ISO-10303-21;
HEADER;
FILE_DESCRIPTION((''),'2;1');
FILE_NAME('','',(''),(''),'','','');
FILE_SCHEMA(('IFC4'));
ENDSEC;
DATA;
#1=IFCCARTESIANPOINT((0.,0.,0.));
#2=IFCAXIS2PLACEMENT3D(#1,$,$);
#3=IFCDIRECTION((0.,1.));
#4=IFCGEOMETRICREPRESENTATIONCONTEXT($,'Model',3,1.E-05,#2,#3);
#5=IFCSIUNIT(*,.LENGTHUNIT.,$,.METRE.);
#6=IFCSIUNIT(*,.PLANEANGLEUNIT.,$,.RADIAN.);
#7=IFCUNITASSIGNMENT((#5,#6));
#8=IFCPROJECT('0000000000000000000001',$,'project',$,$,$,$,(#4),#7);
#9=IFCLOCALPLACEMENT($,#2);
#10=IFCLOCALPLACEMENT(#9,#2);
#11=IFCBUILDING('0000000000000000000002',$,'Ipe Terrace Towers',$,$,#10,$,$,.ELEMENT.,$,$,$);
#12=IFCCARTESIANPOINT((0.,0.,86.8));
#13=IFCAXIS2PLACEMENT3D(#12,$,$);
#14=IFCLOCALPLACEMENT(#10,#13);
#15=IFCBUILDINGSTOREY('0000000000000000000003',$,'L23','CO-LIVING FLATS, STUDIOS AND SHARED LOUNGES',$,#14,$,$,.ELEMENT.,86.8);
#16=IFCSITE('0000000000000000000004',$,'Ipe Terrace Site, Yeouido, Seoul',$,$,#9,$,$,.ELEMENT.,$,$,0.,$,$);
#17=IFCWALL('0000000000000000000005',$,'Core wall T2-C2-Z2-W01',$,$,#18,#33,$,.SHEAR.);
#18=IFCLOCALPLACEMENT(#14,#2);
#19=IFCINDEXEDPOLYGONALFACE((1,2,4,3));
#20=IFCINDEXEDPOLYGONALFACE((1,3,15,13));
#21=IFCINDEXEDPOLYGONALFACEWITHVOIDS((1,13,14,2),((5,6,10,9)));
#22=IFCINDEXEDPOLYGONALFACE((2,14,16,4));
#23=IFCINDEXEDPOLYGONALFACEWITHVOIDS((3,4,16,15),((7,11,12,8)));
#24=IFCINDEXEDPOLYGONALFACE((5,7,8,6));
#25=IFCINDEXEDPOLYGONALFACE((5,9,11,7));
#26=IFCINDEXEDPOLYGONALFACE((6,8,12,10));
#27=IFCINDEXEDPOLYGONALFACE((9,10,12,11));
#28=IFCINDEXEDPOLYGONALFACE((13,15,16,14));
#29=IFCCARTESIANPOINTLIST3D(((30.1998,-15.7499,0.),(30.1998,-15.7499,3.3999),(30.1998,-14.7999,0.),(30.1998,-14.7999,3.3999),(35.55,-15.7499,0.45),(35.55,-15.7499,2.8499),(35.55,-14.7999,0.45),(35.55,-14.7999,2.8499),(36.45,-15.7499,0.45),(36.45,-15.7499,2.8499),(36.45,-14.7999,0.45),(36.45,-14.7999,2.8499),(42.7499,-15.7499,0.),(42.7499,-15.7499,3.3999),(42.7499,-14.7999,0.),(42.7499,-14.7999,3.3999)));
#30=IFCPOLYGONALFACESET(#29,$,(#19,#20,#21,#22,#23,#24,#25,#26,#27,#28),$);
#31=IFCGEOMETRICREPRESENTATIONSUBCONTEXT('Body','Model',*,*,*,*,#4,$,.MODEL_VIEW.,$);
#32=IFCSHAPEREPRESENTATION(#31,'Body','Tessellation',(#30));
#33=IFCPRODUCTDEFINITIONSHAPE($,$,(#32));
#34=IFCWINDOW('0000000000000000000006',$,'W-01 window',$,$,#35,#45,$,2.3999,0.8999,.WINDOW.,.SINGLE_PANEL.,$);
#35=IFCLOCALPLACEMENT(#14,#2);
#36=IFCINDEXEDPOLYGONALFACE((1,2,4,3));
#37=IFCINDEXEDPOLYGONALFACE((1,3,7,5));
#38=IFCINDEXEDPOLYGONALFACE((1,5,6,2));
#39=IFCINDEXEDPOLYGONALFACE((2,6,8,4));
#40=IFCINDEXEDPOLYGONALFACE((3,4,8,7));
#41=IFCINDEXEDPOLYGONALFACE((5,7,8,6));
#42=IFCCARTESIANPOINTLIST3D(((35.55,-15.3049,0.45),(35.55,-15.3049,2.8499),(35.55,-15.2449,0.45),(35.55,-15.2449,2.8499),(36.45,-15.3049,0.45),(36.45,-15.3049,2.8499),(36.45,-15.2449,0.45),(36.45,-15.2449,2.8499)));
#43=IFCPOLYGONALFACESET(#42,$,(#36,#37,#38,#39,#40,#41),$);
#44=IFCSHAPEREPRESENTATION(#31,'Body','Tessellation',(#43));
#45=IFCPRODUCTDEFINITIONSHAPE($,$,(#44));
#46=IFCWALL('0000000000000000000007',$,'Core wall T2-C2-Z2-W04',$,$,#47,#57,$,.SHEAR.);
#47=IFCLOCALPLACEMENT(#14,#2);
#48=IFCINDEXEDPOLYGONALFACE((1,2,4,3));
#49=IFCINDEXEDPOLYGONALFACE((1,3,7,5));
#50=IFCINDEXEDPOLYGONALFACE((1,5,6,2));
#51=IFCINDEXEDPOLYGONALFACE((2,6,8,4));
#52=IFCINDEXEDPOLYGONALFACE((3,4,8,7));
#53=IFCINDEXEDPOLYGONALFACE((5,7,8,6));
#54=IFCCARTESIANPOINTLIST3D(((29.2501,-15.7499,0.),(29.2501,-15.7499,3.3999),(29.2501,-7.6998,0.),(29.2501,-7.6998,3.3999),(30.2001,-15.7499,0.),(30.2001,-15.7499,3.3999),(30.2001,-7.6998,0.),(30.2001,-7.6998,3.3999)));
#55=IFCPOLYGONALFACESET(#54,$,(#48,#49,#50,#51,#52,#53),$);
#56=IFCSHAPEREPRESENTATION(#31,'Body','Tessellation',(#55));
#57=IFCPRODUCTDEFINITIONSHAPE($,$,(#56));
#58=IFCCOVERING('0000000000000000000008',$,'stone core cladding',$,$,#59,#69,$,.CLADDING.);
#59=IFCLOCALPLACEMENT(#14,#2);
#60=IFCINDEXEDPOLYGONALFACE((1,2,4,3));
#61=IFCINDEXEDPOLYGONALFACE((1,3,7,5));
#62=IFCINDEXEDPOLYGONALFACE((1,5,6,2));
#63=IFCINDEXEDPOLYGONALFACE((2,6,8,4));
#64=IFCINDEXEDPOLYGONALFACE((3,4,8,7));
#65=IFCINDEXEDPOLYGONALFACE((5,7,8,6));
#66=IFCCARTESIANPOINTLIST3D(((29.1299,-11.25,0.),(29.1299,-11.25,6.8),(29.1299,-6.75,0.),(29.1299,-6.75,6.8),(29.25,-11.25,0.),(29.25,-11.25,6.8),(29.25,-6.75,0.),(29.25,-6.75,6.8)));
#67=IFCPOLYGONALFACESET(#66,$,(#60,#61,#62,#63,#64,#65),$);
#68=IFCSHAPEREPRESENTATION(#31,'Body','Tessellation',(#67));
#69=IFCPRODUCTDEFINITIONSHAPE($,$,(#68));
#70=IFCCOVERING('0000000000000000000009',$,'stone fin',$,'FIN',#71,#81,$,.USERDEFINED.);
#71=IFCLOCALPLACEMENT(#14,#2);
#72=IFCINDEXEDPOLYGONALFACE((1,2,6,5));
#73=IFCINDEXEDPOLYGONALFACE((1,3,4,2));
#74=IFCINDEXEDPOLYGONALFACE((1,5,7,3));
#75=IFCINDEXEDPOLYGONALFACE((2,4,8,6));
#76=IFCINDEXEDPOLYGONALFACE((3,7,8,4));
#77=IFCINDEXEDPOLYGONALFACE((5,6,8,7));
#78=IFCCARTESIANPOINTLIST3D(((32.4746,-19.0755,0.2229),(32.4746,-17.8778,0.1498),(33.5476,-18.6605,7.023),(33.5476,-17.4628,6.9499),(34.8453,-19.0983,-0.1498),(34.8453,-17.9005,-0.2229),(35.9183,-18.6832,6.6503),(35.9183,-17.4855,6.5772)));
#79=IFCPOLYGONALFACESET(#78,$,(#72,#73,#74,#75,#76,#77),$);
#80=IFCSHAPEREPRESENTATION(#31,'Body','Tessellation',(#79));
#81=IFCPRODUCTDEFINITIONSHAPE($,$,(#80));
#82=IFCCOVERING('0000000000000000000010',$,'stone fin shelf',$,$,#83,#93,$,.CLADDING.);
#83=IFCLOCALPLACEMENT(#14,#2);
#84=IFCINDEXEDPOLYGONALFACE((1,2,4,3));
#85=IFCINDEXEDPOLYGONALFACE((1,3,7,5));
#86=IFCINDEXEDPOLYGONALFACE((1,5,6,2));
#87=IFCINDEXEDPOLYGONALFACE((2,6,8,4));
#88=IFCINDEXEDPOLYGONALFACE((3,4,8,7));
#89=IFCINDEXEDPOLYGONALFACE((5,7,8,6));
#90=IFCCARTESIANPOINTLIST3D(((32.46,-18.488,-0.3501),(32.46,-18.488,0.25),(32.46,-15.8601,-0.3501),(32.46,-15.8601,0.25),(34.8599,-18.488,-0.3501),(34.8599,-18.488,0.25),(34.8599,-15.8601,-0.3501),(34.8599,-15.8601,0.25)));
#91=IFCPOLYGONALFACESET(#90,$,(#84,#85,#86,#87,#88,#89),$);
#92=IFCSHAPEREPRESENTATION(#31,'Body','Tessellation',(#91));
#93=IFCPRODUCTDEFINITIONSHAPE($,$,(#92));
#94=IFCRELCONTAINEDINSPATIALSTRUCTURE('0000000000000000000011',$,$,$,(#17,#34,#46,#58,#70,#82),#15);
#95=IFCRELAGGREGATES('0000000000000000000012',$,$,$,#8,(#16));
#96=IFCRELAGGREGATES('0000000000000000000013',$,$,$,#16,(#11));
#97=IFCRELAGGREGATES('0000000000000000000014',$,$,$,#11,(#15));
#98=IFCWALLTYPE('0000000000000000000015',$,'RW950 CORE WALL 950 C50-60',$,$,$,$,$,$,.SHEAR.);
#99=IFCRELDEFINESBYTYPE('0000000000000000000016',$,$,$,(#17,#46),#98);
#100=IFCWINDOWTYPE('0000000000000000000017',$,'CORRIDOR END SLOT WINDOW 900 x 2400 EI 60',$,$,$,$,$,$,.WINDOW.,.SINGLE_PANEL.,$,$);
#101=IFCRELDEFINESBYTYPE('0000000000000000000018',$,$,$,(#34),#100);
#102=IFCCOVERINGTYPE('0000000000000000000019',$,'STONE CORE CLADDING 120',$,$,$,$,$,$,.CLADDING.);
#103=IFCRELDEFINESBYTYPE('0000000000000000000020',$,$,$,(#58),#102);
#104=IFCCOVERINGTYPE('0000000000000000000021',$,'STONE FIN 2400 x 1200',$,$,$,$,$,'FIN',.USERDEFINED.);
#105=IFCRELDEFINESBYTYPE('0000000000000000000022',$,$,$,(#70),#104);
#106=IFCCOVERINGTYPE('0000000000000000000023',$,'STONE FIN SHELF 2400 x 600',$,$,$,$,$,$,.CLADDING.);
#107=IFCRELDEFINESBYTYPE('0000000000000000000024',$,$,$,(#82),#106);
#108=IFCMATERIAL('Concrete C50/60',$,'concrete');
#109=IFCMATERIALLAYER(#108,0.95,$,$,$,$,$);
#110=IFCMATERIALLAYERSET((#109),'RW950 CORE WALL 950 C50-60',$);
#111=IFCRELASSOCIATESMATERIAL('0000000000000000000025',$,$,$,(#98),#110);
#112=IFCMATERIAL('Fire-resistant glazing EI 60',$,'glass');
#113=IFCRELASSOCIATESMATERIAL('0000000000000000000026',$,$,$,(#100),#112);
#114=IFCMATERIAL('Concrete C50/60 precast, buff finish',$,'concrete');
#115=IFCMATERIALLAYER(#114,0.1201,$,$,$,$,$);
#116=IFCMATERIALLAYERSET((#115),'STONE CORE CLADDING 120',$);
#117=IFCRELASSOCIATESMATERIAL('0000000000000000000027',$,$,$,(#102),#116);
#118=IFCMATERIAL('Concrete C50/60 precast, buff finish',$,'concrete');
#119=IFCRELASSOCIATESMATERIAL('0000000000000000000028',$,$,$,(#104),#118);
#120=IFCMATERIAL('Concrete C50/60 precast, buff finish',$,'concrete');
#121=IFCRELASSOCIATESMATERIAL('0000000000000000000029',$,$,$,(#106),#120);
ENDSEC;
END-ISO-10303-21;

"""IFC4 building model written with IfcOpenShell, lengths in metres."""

from ifc_helpers import new_model, si_unit, direction, frame, frame_2d, origin, origin_2d, place, context, subcontext, project, spatial, rectangle, extrude, material, layer, layer_set, material_profile, profile_set, type_object, element, fill, save


model = new_model("IFC4")

# Units and contexts
model_context = context("Model", 3, precision=1e-05, world=origin(), true_north=direction((0.0, 1.0)))
body_context = subcontext(model_context, "Body", "Model", "MODEL_VIEW")
ifc_project = project(units=[si_unit("LENGTHUNIT", "METRE"), si_unit("PLANEANGLEUNIT", "RADIAN")], contexts=[model_context])

# Site, building, storey
site_placement = place(None, origin())
site = spatial("IfcSite", under=ifc_project, at=site_placement, Name="Ipe Terrace Site, Yeouido, Seoul", CompositionType="ELEMENT", RefElevation=0.0)
building_placement = place(site_placement, origin())
building = spatial("IfcBuilding", under=site, at=building_placement, Name="Ipe Terrace Towers", CompositionType="ELEMENT")
storey_placement = place(building_placement, frame((0.0, 0.0, 86.8)))
storey = spatial("IfcBuildingStorey", under=building, at=storey_placement, Name="L23", Description="CO-LIVING FLATS, STUDIOS AND SHARED LOUNGES", CompositionType="ELEMENT", Elevation=86.8)

# Wall, opening, window
ifc_material_1 = material(Name="Concrete C50/60", Category="concrete")
ifc_layer_1 = layer(ifc_material_1, 0.95)
ifc_layer_set_1 = layer_set([ifc_layer_1], Name="RW950 CORE WALL 950 C50-60")
wall_type_1 = type_object("IfcWallType", Name="RW950 CORE WALL 950 C50-60", PredefinedType="SHEAR", material=ifc_layer_set_1)
wall_1_placement = place(storey_placement, frame((30.2, -15.2749, 0.0), z_axis=(0.0, 0.0, 1.0), x_axis=(1.0, 0.0, 0.0)))
wall_1 = element("IfcWall", 1, at=wall_1_placement, inside=storey, type_object=wall_type_1, Name="Core wall T2-C2-Z2-W01", PredefinedType="SHEAR", context=body_context, shape_type="SweptSolid", body=[
    extrude(rectangle(XDim=12.55, YDim=0.95, at=frame_2d((6.2749, 0.0))), origin(), (0.0, 0.0, 1.0), 3.3999),
])
opening_1_placement = place(wall_1_placement, frame((5.3501, 0.0, 0.45)))
opening_1 = element("IfcOpeningElement", 2, at=opening_1_placement, cuts=wall_1, PredefinedType="OPENING", context=body_context, shape_type="SweptSolid", body=[
    extrude(rectangle(XDim=0.8999, YDim=2.3999, at=frame_2d((0.45, 1.2))), frame((0.0, 0.4849, 0.0), z_axis=(0.0, -1.0, 0.0), x_axis=(1.0, 0.0, 0.0)), (0.0, 0.0, 1.0), 0.97),
])
ifc_material_2 = material(Name="Fire-resistant glazing EI 60", Category="glass")
window_type = type_object("IfcWindowType", Name="CORRIDOR END SLOT WINDOW 900 x 2400 EI 60", PartitioningType="SINGLE_PANEL", PredefinedType="WINDOW", material=ifc_material_2)
window_placement = place(opening_1_placement, origin())
window = element("IfcWindow", 3, at=window_placement, inside=storey, type_object=window_type, Name="W-01 window", OverallHeight=2.3999, OverallWidth=0.8999, PartitioningType="SINGLE_PANEL", PredefinedType="WINDOW", context=body_context, shape_type="SweptSolid", body=[
    extrude(rectangle(XDim=0.8999, YDim=2.3999, at=frame_2d((0.45, 1.2))), frame((0.0, 0.03, 0.0), z_axis=(0.0, -1.0, 0.0), x_axis=(1.0, 0.0, 0.0)), (0.0, 0.0, 1.0), 0.0601),
])
fill(opening_1, window)

# Wall
wall_2_placement = place(storey_placement, frame((29.7251, -7.7, 0.0), z_axis=(0.0, 0.0, 1.0), x_axis=(0.0, -1.0, 0.0)))
element("IfcWall", 4, at=wall_2_placement, inside=storey, type_object=wall_type_1, Name="Core wall T2-C2-Z2-W04", PredefinedType="SHEAR", context=body_context, shape_type="SweptSolid", body=[
    extrude(rectangle(XDim=8.05, YDim=0.95, at=frame_2d((4.0249, 0.0))), origin(), (0.0, 0.0, 1.0), 3.3999),
])

# Coverings
ifc_material_3 = material(Name="Concrete C50/60 precast, buff finish", Category="concrete")
ifc_layer_2 = layer(ifc_material_3, 0.1201)
ifc_layer_set_2 = layer_set([ifc_layer_2], Name="STONE CORE CLADDING 120")
covering_type_1 = type_object("IfcCoveringType", Name="STONE CORE CLADDING 120", PredefinedType="CLADDING", material=ifc_layer_set_2)
covering_1_placement = place(storey_placement, frame((29.1899, -9.0, 0.0), z_axis=(0.0, 0.0, 1.0), x_axis=(0.0, -1.0, 0.0)))
element("IfcCovering", 5, at=covering_1_placement, inside=storey, type_object=covering_type_1, Name="stone core cladding", PredefinedType="CLADDING", context=body_context, shape_type="SweptSolid", body=[
    extrude(rectangle(XDim=4.5, YDim=0.1201, at=origin_2d()), origin(), (0.0, 0.0, 1.0), 6.8),
])
ifc_material_4 = material(Name="Concrete C50/60 precast, buff finish", Category="concrete")
ifc_material_profile_1 = material_profile(ifc_material_4, rectangle(XDim=2.3999, YDim=1.2, at=origin_2d()), Name="STONE FIN 2400 x 1200")
ifc_profile_set_1 = profile_set([ifc_material_profile_1], Name="Concrete C50/60 precast, buff finish")
covering_type_2 = type_object("IfcCoveringType", Name="STONE FIN 2400 x 1200", ElementType="FIN", PredefinedType="USERDEFINED", material=ifc_profile_set_1)
covering_2_placement = place(storey_placement, frame((33.6599, -18.488, 0.0), z_axis=(0.155582, 0.06018, 0.985988), x_axis=(0.987823, -0.009478, -0.155293)))
element("IfcCovering", 6, at=covering_2_placement, inside=storey, type_object=covering_type_2, Name="stone fin", ObjectType="FIN", PredefinedType="USERDEFINED", context=body_context, shape_type="SweptSolid", body=[
    extrude(rectangle(XDim=2.3999, YDim=1.2, at=origin_2d()), origin(), (0.0, 0.0, 1.0), 6.8967),
])
ifc_material_5 = material(Name="Concrete C50/60 precast, buff finish", Category="concrete")
covering_type_3 = type_object("IfcCoveringType", Name="STONE FIN SHELF 2400 x 600", PredefinedType="CLADDING", material=ifc_material_5)
covering_3_placement = place(storey_placement, frame((33.6599, -17.1741, -0.3501), z_axis=(0.0, 0.0, 1.0), x_axis=(1.0, 0.0, 0.0)))
element("IfcCovering", 7, at=covering_3_placement, inside=storey, type_object=covering_type_3, Name="stone fin shelf", PredefinedType="CLADDING", context=body_context, shape_type="SweptSolid", body=[
    extrude(rectangle(XDim=2.3999, YDim=2.6279, at=origin_2d()), origin(), (0.0, 0.0, 1.0), 0.6001),
])

save(model, "model.ifc")
